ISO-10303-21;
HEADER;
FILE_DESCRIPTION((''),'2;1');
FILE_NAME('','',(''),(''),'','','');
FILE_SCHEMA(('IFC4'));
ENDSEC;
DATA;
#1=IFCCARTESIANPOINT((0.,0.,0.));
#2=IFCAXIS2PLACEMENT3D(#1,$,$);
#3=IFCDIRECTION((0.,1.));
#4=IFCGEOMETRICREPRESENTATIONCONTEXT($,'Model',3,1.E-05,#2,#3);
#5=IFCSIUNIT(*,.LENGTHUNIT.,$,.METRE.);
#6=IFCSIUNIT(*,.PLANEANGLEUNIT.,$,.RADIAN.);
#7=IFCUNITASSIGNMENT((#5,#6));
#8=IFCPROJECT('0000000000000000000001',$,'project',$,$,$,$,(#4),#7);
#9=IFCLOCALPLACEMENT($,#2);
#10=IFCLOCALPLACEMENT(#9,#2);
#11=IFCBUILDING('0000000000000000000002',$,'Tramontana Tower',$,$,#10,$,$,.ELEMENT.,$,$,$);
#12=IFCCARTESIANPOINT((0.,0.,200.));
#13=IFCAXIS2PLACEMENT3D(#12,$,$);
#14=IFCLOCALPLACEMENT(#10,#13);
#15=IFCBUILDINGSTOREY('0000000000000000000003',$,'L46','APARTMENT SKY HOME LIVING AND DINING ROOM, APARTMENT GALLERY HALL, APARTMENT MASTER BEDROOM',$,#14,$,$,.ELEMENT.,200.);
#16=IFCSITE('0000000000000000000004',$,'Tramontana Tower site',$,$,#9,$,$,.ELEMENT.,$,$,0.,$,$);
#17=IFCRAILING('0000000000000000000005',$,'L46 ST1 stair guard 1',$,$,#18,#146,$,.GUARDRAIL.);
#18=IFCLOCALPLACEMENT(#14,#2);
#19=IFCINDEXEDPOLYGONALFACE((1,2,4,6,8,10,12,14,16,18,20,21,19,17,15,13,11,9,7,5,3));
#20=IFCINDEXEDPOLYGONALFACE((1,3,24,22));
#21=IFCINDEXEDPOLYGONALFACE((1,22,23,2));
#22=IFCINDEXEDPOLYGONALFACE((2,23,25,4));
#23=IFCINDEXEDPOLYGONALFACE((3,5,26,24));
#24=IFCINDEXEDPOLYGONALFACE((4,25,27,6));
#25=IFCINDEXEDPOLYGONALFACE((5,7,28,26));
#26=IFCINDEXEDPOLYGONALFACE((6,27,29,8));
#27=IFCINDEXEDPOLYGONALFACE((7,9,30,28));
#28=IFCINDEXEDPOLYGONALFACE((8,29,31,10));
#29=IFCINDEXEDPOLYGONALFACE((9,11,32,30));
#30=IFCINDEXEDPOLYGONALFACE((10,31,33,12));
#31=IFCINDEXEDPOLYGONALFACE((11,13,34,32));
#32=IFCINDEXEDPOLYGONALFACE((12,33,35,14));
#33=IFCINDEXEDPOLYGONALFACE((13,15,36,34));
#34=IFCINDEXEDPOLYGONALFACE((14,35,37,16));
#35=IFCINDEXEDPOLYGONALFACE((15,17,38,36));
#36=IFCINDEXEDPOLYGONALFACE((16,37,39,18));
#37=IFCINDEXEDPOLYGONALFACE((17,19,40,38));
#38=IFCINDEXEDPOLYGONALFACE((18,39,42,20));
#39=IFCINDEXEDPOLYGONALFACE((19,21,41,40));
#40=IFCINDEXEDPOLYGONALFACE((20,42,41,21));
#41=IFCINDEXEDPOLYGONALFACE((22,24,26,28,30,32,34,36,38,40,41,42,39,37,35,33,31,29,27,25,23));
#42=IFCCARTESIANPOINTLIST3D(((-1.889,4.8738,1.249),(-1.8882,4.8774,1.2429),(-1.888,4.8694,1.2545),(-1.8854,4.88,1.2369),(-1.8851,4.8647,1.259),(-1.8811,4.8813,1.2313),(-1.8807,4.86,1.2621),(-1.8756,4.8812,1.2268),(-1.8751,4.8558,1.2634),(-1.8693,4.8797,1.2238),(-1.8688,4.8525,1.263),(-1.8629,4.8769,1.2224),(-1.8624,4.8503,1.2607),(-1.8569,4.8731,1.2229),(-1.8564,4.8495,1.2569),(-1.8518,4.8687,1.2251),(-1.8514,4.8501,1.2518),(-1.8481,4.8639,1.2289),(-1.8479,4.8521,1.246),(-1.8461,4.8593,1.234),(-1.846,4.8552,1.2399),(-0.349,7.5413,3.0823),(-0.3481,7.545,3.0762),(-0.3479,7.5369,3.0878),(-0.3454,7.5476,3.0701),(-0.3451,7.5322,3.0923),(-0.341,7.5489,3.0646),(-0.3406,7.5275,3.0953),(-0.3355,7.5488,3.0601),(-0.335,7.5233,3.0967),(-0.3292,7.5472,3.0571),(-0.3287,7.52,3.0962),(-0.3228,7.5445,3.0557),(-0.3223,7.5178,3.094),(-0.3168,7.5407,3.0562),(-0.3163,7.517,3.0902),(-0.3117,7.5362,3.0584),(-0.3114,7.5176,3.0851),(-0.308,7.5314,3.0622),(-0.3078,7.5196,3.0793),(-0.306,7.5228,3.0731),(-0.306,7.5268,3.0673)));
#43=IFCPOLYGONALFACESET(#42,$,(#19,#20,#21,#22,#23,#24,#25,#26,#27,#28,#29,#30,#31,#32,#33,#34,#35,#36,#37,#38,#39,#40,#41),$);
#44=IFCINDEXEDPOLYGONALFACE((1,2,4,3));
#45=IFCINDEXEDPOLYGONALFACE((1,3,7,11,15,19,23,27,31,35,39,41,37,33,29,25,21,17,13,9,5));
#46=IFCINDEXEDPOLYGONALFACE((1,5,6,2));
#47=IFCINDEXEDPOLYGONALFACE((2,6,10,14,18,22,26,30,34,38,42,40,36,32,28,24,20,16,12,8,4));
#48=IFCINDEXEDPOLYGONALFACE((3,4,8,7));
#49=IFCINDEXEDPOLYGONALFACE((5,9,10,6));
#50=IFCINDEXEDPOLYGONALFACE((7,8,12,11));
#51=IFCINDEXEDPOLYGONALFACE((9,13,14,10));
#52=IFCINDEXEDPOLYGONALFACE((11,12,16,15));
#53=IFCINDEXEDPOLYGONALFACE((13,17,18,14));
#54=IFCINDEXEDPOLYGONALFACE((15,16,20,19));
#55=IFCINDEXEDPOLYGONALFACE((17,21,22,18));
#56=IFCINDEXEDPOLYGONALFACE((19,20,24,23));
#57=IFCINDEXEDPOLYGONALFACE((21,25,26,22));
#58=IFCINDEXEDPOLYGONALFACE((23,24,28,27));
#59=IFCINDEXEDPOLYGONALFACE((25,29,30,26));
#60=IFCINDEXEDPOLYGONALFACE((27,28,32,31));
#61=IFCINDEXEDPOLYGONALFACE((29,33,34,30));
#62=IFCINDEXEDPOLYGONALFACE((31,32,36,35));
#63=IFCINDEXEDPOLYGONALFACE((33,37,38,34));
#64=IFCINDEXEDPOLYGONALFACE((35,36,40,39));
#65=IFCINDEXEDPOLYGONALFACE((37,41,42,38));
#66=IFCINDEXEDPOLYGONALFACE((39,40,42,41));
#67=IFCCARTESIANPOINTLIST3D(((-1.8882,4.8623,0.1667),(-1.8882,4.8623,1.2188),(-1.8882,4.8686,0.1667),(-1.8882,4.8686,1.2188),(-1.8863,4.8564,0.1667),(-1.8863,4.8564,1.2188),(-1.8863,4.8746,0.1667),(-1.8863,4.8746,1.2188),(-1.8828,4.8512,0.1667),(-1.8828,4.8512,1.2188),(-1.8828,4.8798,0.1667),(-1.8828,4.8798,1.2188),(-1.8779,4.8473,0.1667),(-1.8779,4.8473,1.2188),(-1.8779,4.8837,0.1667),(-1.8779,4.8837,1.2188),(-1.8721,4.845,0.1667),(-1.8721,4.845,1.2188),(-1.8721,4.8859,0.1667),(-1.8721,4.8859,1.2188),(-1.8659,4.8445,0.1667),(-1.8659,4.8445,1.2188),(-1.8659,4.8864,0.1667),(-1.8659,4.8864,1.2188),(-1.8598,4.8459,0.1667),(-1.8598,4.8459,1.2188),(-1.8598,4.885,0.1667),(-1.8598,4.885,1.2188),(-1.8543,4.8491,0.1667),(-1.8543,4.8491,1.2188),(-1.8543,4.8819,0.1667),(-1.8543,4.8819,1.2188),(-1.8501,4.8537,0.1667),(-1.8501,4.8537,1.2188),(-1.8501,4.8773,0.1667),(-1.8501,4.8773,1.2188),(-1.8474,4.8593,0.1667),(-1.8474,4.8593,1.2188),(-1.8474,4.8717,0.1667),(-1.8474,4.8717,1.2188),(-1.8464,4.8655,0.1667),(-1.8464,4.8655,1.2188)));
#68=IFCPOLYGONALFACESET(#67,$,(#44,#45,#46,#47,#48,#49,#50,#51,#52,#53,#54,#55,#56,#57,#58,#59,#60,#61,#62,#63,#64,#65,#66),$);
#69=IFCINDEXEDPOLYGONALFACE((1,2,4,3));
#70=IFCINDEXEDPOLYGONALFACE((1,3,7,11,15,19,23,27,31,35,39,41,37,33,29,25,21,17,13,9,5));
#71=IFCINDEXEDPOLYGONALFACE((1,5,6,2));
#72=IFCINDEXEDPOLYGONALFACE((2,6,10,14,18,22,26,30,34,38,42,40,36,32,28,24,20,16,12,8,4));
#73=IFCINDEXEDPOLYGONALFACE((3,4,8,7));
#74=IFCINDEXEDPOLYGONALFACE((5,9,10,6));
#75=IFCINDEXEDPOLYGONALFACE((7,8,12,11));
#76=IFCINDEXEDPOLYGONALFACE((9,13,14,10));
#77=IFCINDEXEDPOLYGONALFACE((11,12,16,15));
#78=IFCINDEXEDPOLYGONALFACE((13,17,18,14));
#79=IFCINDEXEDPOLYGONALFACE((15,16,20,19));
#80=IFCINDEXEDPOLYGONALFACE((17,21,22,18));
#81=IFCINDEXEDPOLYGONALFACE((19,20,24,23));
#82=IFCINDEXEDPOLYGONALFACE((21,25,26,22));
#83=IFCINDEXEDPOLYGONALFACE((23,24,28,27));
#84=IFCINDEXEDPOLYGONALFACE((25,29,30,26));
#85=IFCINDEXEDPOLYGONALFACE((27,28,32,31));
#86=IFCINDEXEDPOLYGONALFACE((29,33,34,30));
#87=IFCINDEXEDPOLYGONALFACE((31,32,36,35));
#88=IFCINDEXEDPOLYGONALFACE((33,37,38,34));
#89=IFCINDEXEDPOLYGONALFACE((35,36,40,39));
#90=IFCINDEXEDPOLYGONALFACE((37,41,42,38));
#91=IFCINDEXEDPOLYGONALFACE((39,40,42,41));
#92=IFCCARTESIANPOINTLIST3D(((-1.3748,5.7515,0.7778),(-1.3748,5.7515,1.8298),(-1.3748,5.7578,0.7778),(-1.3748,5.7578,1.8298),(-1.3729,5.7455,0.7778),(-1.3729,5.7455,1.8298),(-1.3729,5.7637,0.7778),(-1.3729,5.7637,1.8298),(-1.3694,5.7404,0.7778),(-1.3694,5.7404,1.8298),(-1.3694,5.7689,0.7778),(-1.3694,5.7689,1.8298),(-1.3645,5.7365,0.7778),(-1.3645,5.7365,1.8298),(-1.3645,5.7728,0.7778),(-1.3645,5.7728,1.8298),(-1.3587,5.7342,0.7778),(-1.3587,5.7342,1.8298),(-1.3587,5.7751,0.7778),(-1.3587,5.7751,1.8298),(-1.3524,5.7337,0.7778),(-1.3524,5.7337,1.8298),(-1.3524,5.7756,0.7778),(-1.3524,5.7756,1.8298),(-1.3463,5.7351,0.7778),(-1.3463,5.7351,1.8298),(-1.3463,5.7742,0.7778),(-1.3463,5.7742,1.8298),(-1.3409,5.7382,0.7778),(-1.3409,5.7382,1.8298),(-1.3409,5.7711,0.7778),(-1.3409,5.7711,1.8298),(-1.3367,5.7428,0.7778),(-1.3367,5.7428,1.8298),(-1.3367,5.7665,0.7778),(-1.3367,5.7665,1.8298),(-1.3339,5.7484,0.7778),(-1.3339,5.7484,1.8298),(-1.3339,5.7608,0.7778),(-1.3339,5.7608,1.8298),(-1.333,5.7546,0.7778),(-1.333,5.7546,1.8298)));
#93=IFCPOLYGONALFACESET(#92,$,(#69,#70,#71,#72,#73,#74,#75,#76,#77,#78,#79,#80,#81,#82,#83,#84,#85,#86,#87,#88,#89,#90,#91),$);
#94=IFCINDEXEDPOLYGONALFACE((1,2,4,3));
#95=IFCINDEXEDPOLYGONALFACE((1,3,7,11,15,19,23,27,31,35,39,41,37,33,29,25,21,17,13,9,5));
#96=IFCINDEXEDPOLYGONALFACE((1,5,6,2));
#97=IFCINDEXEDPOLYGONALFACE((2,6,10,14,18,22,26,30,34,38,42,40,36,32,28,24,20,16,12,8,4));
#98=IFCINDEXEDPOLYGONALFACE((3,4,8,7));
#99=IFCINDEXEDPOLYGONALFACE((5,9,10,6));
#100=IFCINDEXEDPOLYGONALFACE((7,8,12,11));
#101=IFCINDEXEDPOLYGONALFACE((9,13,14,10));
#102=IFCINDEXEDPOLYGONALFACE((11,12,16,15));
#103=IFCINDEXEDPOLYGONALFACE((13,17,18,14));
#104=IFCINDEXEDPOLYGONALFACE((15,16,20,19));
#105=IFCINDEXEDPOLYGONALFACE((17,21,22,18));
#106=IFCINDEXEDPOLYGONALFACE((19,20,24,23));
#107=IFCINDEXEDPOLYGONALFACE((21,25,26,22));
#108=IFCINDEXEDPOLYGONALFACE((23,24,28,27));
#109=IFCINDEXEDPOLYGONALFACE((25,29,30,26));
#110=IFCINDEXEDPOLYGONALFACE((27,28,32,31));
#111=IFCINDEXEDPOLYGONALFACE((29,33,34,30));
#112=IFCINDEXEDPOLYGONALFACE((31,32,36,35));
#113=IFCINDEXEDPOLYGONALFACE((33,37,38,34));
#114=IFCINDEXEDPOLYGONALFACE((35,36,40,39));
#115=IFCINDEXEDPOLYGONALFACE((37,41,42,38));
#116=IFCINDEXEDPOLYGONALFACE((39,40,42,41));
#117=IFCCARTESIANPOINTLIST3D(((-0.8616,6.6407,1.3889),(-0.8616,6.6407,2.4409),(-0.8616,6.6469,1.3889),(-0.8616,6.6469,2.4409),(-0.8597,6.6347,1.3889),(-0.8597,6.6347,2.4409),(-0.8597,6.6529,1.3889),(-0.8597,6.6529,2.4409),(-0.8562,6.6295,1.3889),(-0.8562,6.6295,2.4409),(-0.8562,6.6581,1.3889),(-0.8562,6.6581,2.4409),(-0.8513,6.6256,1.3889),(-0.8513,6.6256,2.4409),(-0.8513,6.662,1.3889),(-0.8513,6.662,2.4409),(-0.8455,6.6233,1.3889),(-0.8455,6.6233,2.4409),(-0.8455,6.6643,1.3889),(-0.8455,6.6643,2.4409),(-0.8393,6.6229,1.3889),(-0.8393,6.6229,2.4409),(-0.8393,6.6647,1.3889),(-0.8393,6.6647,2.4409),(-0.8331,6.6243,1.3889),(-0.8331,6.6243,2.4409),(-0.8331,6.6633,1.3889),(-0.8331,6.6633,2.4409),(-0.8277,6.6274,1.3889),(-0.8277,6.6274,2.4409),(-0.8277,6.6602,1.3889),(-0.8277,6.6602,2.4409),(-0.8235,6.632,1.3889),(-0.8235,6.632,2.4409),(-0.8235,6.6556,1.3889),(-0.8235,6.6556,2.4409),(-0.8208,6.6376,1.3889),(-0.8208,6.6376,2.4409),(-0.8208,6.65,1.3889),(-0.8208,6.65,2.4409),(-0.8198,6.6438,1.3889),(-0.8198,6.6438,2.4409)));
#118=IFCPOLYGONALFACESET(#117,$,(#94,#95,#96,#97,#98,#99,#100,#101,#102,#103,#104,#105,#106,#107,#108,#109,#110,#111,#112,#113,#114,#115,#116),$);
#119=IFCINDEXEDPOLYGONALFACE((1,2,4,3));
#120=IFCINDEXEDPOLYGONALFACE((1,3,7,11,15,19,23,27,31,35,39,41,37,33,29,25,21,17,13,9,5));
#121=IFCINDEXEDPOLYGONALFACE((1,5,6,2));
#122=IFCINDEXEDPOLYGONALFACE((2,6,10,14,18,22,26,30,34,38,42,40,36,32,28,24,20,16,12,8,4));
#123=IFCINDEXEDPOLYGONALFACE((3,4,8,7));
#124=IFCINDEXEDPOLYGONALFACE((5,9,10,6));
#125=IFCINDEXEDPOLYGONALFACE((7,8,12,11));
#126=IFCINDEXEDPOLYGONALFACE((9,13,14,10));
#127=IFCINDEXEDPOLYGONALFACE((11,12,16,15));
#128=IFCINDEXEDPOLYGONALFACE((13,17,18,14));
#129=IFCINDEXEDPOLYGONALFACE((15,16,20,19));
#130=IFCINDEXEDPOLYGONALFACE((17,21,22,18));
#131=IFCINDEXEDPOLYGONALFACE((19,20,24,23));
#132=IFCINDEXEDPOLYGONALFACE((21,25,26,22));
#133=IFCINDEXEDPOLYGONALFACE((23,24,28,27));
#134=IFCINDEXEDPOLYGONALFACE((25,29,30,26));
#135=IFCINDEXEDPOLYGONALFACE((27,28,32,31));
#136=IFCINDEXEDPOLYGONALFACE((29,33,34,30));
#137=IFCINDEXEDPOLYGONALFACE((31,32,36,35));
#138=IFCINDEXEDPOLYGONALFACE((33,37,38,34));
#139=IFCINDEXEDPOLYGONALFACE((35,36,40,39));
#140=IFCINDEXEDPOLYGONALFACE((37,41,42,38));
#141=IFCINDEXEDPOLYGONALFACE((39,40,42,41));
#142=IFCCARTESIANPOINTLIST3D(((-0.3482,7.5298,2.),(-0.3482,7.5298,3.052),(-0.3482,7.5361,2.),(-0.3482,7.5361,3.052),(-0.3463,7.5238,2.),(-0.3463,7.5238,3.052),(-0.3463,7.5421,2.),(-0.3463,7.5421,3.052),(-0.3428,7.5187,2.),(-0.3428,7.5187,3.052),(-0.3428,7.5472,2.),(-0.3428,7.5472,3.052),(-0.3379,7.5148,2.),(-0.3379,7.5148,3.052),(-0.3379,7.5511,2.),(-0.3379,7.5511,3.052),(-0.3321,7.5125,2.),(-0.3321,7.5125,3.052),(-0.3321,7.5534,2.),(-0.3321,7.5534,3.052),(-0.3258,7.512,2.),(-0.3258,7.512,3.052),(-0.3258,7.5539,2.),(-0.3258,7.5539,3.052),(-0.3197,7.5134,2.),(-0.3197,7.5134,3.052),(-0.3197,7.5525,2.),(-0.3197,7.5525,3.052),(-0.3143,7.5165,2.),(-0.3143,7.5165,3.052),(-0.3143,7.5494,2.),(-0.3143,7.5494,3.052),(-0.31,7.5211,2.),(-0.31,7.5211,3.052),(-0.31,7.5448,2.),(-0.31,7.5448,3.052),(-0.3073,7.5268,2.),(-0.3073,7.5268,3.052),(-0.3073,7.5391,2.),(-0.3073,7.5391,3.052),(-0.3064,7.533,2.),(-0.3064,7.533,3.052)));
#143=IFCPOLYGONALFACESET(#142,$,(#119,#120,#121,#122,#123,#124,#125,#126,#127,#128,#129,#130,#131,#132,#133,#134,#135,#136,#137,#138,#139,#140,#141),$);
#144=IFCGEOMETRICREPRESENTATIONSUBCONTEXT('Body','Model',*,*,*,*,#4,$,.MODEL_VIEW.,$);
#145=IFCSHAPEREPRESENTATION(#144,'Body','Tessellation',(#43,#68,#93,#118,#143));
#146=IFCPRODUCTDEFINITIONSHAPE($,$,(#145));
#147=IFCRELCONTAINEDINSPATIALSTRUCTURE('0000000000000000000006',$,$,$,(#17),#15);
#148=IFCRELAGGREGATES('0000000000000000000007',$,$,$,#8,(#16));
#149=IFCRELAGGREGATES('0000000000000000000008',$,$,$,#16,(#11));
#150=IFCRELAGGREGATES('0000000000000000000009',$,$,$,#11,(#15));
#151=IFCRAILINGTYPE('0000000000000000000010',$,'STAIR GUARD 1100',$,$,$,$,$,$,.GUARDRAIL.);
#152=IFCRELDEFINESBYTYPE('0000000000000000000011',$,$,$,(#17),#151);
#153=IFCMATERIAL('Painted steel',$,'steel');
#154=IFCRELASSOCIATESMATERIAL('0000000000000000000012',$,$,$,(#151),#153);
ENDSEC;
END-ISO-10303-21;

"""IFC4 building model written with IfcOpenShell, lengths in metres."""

from ifc_helpers import new_model, si_unit, direction, frame, origin, origin_2d, place, context, subcontext, project, spatial, circle, extrude, material, type_object, element, save


model = new_model("IFC4")

# Units and contexts
model_context = context("Model", 3, precision=1e-05, world=origin(), true_north=direction((0.0, 1.0)))
body_context = subcontext(model_context, "Body", "Model", "MODEL_VIEW")
ifc_project = project(units=[si_unit("LENGTHUNIT", "METRE"), si_unit("PLANEANGLEUNIT", "RADIAN")], contexts=[model_context])

# Site, building, storey
site_placement = place(None, origin())
site = spatial("IfcSite", under=ifc_project, at=site_placement, Name="Tramontana Tower site", CompositionType="ELEMENT", RefElevation=0.0)
building_placement = place(site_placement, origin())
building = spatial("IfcBuilding", under=site, at=building_placement, Name="Tramontana Tower", CompositionType="ELEMENT")
storey_placement = place(building_placement, frame((0.0, 0.0, 200.0)))
storey = spatial("IfcBuildingStorey", under=building, at=storey_placement, Name="L46", Description="APARTMENT SKY HOME LIVING AND DINING ROOM, APARTMENT GALLERY HALL, APARTMENT MASTER BEDROOM", CompositionType="ELEMENT", Elevation=200.0)

# Railing
ifc_material_1 = material(Name="Painted steel", Category="steel")
railing_type_1 = type_object("IfcRailingType", Name="STAIR GUARD 1100", PredefinedType="GUARDRAIL", material=ifc_material_1)
railing_1_placement = place(storey_placement, frame((-1.8674, 4.8655, 0.1667)))
element("IfcRailing", 1, at=railing_1_placement, inside=storey, type_object=railing_type_1, Name="L46 ST1 stair guard 1", PredefinedType="GUARDRAIL", context=body_context, shape_type="SweptSolid", body=[
    extrude(circle(Radius=0.0239, at=origin_2d()), frame((0.0, 0.0, 1.0762), z_axis=(0.429649, 0.74419, 0.511452), x_axis=(-0.86603, 0.499992, 0.0)), (0.0, 0.0, 1.0), 3.5845),
    extrude(circle(Radius=0.021, at=origin_2d()), origin(), (0.0, 0.0, 1.0), 1.052),
    extrude(circle(Radius=0.021, at=origin_2d()), frame((0.5134, 0.8892, 0.6111)), (0.0, 0.0, 1.0), 1.052),
    extrude(circle(Radius=0.021, at=origin_2d()), frame((1.0266, 1.7783, 1.2222)), (0.0, 0.0, 1.0), 1.052),
    extrude(circle(Radius=0.021, at=origin_2d()), frame((1.54, 2.6675, 1.8333)), (0.0, 0.0, 1.0), 1.052),
])

save(model, "model.ifc")
